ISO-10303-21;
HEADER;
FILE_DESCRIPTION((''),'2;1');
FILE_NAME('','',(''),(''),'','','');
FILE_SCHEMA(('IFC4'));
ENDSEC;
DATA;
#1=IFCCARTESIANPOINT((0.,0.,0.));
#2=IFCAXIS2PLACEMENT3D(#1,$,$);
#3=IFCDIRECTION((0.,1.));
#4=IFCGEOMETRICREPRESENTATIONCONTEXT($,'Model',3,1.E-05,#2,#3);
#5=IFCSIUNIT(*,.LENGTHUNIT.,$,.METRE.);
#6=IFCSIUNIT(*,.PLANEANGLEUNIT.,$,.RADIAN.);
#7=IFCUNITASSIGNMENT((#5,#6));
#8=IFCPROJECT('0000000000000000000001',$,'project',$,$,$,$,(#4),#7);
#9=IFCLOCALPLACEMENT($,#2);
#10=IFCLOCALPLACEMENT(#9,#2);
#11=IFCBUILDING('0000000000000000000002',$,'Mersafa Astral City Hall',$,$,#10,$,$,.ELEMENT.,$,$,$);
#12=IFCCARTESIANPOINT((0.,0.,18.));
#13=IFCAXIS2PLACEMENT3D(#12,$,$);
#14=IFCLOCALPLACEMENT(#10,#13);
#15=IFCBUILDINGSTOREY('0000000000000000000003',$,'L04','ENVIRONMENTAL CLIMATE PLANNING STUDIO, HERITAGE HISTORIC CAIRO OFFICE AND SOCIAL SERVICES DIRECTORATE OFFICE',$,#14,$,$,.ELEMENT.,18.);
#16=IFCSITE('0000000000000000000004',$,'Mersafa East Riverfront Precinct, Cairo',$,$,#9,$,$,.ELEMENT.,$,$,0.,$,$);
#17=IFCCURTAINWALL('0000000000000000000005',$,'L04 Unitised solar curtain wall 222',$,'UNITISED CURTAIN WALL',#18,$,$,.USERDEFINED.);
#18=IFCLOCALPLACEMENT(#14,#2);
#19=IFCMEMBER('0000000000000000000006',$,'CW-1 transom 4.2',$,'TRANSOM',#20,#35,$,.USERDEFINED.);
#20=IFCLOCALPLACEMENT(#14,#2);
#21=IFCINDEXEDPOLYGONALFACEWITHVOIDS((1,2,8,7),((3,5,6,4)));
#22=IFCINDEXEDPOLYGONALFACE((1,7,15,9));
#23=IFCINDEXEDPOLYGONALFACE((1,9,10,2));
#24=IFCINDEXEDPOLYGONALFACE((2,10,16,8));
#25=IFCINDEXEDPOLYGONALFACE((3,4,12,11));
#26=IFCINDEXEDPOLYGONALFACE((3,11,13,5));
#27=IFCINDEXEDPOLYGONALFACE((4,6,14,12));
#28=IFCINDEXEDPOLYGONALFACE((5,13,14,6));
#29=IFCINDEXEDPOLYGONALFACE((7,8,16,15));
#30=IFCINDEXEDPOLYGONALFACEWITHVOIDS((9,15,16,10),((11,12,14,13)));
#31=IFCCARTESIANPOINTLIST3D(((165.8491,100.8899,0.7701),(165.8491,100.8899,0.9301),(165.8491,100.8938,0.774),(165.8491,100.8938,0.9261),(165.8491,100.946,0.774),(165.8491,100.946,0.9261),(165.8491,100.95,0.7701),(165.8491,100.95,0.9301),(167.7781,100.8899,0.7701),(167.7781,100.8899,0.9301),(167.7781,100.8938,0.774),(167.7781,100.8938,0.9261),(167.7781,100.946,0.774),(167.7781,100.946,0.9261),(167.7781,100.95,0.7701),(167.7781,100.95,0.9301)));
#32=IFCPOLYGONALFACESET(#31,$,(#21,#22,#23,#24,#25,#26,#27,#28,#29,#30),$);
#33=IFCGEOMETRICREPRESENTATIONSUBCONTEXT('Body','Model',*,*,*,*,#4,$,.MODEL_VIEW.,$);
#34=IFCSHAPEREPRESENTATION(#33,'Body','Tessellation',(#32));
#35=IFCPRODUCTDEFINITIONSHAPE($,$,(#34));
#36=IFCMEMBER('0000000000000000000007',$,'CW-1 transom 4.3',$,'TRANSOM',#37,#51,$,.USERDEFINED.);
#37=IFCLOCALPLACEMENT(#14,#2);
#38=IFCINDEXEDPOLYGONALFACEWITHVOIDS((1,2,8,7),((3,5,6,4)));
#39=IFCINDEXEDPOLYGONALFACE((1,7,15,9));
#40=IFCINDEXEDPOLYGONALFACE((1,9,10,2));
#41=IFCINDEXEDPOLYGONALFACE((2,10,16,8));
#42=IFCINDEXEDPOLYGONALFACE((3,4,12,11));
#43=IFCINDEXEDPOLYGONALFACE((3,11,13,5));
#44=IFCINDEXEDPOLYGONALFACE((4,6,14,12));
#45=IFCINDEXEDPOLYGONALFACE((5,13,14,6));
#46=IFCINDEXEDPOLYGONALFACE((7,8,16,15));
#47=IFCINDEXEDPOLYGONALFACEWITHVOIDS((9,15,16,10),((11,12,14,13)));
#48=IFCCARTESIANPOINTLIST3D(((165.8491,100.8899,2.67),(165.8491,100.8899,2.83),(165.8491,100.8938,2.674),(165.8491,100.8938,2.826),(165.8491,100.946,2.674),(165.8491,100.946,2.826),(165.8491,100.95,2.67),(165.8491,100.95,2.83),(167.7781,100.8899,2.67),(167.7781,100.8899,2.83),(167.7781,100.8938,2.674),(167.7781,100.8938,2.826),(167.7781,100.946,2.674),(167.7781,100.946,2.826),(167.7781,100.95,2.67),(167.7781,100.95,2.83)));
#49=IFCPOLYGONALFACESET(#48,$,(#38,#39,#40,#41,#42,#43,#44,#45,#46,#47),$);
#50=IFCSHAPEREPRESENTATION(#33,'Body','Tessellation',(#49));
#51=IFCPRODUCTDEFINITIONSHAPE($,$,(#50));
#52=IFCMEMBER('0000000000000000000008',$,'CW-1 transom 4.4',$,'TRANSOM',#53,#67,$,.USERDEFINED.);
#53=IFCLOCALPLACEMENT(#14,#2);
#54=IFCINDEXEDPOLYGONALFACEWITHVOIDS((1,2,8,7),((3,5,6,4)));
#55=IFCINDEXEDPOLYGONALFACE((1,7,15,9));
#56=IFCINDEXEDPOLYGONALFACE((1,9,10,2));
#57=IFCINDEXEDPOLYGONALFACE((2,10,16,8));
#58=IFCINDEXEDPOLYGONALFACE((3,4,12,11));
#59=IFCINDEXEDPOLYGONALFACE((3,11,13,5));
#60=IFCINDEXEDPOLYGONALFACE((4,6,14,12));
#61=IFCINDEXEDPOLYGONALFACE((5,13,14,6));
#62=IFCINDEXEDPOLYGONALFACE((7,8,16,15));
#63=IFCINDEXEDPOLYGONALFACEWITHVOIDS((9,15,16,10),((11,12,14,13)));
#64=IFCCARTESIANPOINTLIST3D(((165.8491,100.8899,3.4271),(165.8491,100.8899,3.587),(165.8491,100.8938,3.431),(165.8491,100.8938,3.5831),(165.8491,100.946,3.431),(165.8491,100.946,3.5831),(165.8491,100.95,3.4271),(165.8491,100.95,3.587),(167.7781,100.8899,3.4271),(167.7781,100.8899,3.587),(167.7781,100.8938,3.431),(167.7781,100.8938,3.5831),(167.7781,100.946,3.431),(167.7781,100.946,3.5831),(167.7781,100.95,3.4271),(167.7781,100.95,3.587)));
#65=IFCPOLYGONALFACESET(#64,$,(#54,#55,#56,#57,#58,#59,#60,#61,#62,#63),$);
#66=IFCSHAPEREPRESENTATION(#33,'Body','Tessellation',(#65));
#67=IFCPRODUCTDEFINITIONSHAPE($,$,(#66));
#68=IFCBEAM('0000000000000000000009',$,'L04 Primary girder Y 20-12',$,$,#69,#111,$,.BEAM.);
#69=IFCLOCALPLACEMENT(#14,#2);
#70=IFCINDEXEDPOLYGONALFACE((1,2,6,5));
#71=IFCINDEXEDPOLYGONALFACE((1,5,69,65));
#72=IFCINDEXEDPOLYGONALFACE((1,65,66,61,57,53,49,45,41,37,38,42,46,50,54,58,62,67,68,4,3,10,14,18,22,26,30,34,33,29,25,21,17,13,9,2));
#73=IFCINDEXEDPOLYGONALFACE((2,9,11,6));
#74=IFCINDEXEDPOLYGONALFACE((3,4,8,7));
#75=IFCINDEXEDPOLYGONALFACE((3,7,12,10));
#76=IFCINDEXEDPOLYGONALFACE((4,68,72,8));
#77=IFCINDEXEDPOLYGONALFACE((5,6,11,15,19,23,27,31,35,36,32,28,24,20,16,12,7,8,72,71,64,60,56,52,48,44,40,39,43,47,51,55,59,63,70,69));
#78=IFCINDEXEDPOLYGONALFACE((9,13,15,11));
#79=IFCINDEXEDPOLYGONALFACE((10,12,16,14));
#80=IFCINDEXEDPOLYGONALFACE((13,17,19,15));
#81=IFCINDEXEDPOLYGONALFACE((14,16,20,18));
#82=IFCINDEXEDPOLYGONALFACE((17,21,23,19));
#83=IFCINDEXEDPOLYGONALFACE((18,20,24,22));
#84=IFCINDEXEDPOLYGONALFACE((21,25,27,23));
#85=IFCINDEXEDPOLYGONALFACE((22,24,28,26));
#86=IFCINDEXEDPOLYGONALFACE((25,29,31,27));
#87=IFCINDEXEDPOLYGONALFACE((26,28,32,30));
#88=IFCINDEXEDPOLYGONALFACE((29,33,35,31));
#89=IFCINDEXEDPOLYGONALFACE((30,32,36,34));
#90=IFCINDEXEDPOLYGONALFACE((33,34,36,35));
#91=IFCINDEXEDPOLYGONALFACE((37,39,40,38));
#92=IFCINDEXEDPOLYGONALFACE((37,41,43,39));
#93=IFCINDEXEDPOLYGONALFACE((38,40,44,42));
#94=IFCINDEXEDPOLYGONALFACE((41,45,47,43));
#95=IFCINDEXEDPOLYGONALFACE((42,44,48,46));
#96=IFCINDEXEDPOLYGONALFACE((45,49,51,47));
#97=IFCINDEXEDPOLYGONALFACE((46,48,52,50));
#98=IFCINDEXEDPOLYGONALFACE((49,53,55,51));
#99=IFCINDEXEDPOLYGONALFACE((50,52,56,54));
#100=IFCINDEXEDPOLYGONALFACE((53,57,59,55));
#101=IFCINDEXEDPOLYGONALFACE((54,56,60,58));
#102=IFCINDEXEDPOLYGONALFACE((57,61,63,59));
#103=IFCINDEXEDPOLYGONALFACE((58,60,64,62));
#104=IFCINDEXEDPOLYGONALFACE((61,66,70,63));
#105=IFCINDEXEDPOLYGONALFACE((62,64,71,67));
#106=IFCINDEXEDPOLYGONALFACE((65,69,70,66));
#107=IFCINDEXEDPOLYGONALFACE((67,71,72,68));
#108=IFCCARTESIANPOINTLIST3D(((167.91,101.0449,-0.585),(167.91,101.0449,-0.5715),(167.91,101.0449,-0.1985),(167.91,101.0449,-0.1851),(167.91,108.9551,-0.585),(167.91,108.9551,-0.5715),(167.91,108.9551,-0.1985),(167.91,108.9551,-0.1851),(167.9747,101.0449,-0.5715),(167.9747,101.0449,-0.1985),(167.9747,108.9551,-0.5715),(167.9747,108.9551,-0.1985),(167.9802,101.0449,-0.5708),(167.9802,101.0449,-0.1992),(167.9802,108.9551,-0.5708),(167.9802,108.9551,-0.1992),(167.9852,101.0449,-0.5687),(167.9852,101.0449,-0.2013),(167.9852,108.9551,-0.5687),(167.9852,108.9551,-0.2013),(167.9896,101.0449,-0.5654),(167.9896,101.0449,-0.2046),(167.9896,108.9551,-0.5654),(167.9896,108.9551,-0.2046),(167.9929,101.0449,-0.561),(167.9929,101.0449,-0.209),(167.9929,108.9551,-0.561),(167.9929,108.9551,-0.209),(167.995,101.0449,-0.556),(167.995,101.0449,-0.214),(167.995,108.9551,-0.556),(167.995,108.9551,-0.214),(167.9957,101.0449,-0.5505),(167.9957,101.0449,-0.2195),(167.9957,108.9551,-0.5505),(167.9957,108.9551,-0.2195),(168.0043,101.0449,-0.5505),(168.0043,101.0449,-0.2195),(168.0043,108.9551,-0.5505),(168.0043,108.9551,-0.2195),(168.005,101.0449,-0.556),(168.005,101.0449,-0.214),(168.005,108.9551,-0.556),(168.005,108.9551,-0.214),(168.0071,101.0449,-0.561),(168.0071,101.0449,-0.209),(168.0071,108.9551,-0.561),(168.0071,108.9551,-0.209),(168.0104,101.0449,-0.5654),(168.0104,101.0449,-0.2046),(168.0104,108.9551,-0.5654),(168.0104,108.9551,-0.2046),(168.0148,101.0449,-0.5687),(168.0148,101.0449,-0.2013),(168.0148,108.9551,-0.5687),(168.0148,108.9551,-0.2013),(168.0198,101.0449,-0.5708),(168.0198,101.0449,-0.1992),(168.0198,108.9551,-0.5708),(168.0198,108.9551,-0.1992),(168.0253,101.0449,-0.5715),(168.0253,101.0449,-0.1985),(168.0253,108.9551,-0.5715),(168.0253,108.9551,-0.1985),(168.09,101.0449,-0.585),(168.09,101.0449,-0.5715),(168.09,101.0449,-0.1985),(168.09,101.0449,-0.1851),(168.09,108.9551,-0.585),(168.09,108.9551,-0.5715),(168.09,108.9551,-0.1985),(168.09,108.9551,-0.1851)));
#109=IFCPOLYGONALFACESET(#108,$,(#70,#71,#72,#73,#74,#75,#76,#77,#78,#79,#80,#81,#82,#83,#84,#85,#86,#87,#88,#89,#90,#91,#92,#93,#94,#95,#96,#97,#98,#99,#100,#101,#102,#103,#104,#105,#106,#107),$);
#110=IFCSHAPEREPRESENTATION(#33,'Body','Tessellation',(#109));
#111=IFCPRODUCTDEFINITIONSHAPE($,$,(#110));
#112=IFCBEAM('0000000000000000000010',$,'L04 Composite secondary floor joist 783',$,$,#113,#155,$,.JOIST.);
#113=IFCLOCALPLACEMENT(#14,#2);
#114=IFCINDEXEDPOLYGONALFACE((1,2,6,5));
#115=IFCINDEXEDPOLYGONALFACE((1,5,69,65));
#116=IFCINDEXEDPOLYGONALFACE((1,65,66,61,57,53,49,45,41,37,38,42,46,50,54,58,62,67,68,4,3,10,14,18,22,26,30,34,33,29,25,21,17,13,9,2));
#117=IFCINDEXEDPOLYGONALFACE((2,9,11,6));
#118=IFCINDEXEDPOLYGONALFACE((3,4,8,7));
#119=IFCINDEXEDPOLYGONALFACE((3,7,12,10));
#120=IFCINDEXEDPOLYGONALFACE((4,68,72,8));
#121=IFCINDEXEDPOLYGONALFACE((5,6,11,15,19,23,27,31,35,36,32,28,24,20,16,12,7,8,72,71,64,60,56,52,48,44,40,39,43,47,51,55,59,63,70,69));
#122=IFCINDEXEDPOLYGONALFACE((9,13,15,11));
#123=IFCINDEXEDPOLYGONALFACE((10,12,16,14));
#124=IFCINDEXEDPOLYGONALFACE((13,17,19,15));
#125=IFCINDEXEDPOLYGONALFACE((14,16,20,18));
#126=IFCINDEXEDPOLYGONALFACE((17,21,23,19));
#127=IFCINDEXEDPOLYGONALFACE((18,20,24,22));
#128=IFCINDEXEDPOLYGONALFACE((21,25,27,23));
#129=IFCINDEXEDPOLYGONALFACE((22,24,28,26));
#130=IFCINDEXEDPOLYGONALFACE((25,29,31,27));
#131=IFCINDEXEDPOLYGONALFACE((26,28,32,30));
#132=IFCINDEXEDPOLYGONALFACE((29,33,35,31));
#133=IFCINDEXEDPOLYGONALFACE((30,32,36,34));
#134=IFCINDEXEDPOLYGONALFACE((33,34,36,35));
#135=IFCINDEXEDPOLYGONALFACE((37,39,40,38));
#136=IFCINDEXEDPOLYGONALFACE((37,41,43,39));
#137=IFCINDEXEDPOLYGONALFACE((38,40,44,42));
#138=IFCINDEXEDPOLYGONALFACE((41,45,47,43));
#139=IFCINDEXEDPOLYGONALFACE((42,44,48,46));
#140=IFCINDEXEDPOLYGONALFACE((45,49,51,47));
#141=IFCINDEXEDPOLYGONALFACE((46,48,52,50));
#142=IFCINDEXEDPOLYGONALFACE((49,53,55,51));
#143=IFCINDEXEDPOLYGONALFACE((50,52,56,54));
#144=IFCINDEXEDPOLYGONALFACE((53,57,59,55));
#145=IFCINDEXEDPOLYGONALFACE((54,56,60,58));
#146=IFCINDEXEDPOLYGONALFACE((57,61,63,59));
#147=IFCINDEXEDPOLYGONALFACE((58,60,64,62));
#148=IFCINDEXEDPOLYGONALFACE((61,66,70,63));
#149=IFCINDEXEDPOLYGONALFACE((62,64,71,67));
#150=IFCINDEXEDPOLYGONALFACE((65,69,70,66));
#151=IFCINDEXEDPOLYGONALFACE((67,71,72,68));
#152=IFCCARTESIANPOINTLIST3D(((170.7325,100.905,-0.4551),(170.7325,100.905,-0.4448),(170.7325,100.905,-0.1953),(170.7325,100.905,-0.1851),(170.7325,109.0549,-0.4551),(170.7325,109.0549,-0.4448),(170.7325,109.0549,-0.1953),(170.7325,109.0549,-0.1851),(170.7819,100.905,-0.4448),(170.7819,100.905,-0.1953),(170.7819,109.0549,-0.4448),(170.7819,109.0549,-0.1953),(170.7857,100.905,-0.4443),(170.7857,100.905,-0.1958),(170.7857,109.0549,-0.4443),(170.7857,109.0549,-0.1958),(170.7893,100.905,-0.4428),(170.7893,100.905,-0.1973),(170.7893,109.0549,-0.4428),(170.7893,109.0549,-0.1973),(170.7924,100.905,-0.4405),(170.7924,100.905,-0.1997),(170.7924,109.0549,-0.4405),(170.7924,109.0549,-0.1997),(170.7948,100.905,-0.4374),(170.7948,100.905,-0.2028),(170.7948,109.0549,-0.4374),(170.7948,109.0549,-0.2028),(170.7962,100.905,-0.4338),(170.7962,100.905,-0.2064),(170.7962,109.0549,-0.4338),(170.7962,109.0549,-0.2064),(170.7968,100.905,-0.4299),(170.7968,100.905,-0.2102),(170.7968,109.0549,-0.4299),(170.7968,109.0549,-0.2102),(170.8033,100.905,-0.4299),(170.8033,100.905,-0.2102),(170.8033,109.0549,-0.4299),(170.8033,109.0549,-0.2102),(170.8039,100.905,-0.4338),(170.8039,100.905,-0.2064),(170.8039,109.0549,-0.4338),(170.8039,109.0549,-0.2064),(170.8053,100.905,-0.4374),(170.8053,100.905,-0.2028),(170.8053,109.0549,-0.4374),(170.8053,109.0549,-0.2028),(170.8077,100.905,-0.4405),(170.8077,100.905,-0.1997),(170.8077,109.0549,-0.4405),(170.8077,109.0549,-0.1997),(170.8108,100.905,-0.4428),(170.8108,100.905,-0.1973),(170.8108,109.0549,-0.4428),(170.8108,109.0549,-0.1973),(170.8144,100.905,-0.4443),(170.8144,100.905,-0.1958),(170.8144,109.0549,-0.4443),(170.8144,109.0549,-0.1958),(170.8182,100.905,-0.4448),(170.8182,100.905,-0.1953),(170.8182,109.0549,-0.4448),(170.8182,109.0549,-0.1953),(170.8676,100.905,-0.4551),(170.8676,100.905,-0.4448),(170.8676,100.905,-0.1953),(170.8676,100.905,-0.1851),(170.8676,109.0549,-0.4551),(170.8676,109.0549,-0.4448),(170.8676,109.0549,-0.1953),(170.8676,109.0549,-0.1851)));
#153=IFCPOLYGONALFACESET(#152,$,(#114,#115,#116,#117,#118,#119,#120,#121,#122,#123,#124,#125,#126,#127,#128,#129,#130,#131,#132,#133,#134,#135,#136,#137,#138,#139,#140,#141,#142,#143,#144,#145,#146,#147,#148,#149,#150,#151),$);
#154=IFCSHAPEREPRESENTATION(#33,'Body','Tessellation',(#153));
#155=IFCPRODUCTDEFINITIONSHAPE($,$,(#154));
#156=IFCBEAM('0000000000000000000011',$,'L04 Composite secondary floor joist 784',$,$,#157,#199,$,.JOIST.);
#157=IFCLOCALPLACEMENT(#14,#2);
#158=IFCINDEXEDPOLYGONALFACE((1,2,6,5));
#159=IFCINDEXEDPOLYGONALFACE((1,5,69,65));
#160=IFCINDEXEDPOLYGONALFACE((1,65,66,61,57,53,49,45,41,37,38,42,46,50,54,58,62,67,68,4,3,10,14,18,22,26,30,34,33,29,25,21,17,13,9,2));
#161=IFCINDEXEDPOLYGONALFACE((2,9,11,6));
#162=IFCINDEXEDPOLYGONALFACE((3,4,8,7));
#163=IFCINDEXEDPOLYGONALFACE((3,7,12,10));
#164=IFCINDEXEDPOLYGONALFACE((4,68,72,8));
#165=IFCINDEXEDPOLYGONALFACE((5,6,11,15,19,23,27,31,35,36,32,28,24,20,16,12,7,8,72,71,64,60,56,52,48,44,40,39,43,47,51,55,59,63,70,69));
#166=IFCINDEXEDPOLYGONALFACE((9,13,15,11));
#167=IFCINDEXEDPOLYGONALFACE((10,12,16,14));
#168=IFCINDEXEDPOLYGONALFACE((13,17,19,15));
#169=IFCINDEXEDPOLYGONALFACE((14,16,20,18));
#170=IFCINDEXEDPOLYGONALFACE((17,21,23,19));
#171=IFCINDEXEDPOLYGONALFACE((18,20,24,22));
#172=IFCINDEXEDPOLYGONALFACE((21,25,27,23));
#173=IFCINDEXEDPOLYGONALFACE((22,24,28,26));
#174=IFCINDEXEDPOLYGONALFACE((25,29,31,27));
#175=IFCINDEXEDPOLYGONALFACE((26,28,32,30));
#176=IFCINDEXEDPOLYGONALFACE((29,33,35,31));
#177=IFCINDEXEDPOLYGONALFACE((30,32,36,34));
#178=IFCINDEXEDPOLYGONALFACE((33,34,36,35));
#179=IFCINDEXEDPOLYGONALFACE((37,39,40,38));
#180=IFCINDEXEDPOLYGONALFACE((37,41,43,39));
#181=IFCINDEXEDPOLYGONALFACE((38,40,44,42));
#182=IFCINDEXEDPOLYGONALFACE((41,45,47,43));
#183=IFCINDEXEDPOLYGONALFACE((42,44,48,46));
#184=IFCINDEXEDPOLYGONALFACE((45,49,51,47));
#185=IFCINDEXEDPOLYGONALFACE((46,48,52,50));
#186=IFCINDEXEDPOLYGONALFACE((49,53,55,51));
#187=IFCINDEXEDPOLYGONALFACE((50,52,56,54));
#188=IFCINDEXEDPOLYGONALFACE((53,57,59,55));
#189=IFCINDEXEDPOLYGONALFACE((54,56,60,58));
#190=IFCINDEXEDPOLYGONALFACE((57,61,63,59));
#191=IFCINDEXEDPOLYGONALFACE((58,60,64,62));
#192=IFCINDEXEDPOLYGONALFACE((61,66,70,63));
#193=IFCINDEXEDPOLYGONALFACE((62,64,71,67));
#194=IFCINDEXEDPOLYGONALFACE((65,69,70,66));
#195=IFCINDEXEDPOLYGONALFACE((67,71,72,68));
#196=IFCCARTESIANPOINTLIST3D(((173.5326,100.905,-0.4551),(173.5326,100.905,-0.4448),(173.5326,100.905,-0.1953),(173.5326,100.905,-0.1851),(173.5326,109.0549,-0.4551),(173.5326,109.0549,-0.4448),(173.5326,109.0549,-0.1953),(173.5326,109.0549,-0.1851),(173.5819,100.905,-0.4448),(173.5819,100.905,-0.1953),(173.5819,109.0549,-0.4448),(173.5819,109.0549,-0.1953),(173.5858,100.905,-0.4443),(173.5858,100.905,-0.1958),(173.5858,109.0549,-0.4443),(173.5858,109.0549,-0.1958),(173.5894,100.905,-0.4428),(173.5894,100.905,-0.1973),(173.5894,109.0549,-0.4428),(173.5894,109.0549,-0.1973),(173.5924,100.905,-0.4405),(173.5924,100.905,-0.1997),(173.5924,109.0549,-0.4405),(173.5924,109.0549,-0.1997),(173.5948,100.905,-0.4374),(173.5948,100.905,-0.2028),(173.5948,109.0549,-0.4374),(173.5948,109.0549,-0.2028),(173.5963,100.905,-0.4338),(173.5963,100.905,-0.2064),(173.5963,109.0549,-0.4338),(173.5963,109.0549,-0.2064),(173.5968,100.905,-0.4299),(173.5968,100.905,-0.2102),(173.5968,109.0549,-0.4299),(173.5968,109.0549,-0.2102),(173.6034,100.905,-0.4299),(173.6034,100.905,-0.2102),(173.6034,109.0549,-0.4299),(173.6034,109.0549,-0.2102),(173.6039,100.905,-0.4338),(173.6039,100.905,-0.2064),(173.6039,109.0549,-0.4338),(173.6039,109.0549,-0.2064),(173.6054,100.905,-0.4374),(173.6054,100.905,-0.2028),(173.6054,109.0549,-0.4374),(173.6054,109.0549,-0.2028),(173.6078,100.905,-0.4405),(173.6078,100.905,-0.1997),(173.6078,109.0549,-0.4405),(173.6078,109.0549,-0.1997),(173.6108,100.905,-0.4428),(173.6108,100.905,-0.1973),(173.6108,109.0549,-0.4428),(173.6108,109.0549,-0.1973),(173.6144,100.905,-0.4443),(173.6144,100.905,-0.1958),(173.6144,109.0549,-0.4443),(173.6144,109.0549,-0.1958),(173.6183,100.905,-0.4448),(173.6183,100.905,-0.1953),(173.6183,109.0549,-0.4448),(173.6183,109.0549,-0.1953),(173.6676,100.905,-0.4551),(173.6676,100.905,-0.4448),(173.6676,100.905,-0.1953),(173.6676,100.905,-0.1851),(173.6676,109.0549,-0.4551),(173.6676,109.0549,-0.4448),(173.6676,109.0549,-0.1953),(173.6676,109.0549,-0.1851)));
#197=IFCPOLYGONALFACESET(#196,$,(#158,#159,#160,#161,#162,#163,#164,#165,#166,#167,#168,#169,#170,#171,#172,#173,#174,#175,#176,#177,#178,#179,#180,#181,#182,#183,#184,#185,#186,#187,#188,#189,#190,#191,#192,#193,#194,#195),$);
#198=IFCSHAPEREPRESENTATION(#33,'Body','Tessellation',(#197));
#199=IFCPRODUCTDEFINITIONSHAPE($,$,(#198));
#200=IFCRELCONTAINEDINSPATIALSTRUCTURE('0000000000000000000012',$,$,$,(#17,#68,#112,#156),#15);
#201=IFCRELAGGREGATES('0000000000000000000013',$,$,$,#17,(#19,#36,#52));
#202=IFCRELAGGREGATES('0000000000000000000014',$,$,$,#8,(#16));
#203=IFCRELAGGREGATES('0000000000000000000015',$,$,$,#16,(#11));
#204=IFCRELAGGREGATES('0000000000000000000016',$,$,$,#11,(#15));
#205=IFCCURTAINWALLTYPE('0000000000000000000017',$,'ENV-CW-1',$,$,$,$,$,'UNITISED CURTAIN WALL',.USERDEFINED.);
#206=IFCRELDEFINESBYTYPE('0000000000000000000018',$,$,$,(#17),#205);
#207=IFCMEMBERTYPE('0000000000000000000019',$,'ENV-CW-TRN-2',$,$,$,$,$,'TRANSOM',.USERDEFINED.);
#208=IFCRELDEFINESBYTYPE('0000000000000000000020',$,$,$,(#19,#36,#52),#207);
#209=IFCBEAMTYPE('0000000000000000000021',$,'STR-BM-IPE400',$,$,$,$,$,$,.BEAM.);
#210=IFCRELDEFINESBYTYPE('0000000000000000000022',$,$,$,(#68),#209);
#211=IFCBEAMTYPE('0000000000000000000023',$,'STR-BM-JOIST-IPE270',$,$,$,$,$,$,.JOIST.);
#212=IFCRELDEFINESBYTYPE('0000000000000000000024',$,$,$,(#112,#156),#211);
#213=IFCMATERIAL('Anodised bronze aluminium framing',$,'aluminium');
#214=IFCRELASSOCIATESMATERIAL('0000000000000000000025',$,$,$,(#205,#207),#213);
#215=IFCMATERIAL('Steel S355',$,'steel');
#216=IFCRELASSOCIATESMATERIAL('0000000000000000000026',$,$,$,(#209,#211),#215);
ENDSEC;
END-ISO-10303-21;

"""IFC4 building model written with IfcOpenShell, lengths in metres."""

from ifc_helpers import new_model, si_unit, direction, frame, origin, origin_2d, place, context, subcontext, project, spatial, hollow_rectangle, i_section, extrude, material, material_profile, profile_set, type_object, element, aggregate, save


model = new_model("IFC4")

# Units and contexts
model_context = context("Model", 3, precision=1e-05, world=origin(), true_north=direction((0.0, 1.0)))
body_context = subcontext(model_context, "Body", "Model", "MODEL_VIEW")
ifc_project = project(units=[si_unit("LENGTHUNIT", "METRE"), si_unit("PLANEANGLEUNIT", "RADIAN")], contexts=[model_context])

# Site, building, storey
site_placement = place(None, origin())
site = spatial("IfcSite", under=ifc_project, at=site_placement, Name="Mersafa East Riverfront Precinct, Cairo", CompositionType="ELEMENT", RefElevation=0.0)
building_placement = place(site_placement, origin())
building = spatial("IfcBuilding", under=site, at=building_placement, Name="Mersafa Astral City Hall", CompositionType="ELEMENT")
storey_placement = place(building_placement, frame((0.0, 0.0, 18.0)))
storey = spatial("IfcBuildingStorey", under=building, at=storey_placement, Name="L04", Description="ENVIRONMENTAL CLIMATE PLANNING STUDIO, HERITAGE HISTORIC CAIRO OFFICE AND SOCIAL SERVICES DIRECTORATE OFFICE", CompositionType="ELEMENT", Elevation=18.0)

# Shared definitions
ifc_material_1 = material(Name="Anodised bronze aluminium framing", Category="aluminium")

# Curtain wall, members
curtain_wall_type_1 = type_object("IfcCurtainWallType", Name="ENV-CW-1", ElementType="UNITISED CURTAIN WALL", PredefinedType="USERDEFINED", material=ifc_material_1)
curtain_wall_1_placement = place(storey_placement, origin())
curtain_wall_1 = element("IfcCurtainWall", 1, at=curtain_wall_1_placement, inside=storey, type_object=curtain_wall_type_1, Name="L04 Unitised solar curtain wall 222", ObjectType="UNITISED CURTAIN WALL", PredefinedType="USERDEFINED")
ifc_material_profile_1 = material_profile(ifc_material_1, hollow_rectangle(XDim=0.0601, YDim=0.1599, WallThickness=0.0039, at=origin_2d()), Name="RHS 60x160x4")
ifc_profile_set_1 = profile_set([ifc_material_profile_1], Name="Anodised bronze aluminium framing")
member_type_1 = type_object("IfcMemberType", Name="ENV-CW-TRN-2", ElementType="TRANSOM", PredefinedType="USERDEFINED", material=ifc_profile_set_1)
member_1_placement = place(storey_placement, frame((165.8491, 100.9199, 0.8501), z_axis=(1.0, 0.0, 0.0), x_axis=(0.0, 1.0, 0.0)))
member_1 = element("IfcMember", 2, at=member_1_placement, type_object=member_type_1, Name="CW-1 transom 4.2", ObjectType="TRANSOM", PredefinedType="USERDEFINED", context=body_context, shape_type="SweptSolid", body=[
    extrude(hollow_rectangle(XDim=0.0601, YDim=0.1599, WallThickness=0.0039, at=origin_2d()), origin(), (0.0, 0.0, 1.0), 1.929),
])
member_2_placement = place(storey_placement, frame((165.8491, 100.9199, 2.75), z_axis=(1.0, 0.0, 0.0), x_axis=(0.0, 1.0, 0.0)))
member_2 = element("IfcMember", 3, at=member_2_placement, type_object=member_type_1, Name="CW-1 transom 4.3", ObjectType="TRANSOM", PredefinedType="USERDEFINED", context=body_context, shape_type="SweptSolid", body=[
    extrude(hollow_rectangle(XDim=0.0601, YDim=0.1599, WallThickness=0.0039, at=origin_2d()), origin(), (0.0, 0.0, 1.0), 1.929),
])
member_3_placement = place(storey_placement, frame((165.8491, 100.9199, 3.5071), z_axis=(1.0, 0.0, 0.0), x_axis=(0.0, 1.0, 0.0)))
member_3 = element("IfcMember", 4, at=member_3_placement, type_object=member_type_1, Name="CW-1 transom 4.4", ObjectType="TRANSOM", PredefinedType="USERDEFINED", context=body_context, shape_type="SweptSolid", body=[
    extrude(hollow_rectangle(XDim=0.0601, YDim=0.1599, WallThickness=0.0039, at=origin_2d()), origin(), (0.0, 0.0, 1.0), 1.929),
])

# Beams
ifc_material_2 = material(Name="Steel S355", Category="steel")
ifc_material_profile_2 = material_profile(ifc_material_2, i_section(OverallWidth=0.1799, OverallDepth=0.3999, WebThickness=0.0085, FlangeThickness=0.0134, FilletRadius=0.021, at=origin_2d()), Name="IPE 400")
ifc_profile_set_2 = profile_set([ifc_material_profile_2], Name="Steel S355")
beam_type_1 = type_object("IfcBeamType", Name="STR-BM-IPE400", PredefinedType="BEAM", material=ifc_profile_set_2)
beam_placement = place(storey_placement, frame((168.0, 101.0449, -0.385), z_axis=(0.0, 1.0, 0.0), x_axis=(-1.0, 0.0, 0.0)))
element("IfcBeam", 5, at=beam_placement, inside=storey, type_object=beam_type_1, Name="L04 Primary girder Y 20-12", PredefinedType="BEAM", context=body_context, shape_type="SweptSolid", body=[
    extrude(i_section(OverallWidth=0.1799, OverallDepth=0.3999, WebThickness=0.0085, FlangeThickness=0.0134, FilletRadius=0.021, at=origin_2d()), origin(), (0.0, 0.0, 1.0), 7.9102),
])
ifc_material_profile_3 = material_profile(ifc_material_2, i_section(OverallWidth=0.135, OverallDepth=0.27, WebThickness=0.0066, FlangeThickness=0.0103, FilletRadius=0.0149, at=origin_2d()), Name="IPE 270")
ifc_profile_set_3 = profile_set([ifc_material_profile_3], Name="Steel S355")
beam_type_2 = type_object("IfcBeamType", Name="STR-BM-JOIST-IPE270", PredefinedType="JOIST", material=ifc_profile_set_3)
for number, where, z_axis, x_axis, name in (
    (6, (170.8, 100.905, -0.3201), (0.0, 1.0, 0.0), (-1.0, 0.0, 0.0), "L04 Composite secondary floor joist 783"),
    (7, (173.6001, 100.905, -0.3201), (0.0, 1.0, 0.0), (-1.0, 0.0, 0.0), "L04 Composite secondary floor joist 784"),
):
    element("IfcBeam", number, at=place(storey_placement, frame(where, z_axis=z_axis, x_axis=x_axis)), inside=storey, type_object=beam_type_2, Name=name, PredefinedType="JOIST", context=body_context, shape_type="SweptSolid", body=[
        extrude(i_section(OverallWidth=0.135, OverallDepth=0.27, WebThickness=0.0066, FlangeThickness=0.0103, FilletRadius=0.0149, at=origin_2d()), origin(), (0.0, 0.0, 1.0), 8.1499),
    ])

aggregate(curtain_wall_1, [member_1, member_2, member_3])

save(model, "model.ifc")
